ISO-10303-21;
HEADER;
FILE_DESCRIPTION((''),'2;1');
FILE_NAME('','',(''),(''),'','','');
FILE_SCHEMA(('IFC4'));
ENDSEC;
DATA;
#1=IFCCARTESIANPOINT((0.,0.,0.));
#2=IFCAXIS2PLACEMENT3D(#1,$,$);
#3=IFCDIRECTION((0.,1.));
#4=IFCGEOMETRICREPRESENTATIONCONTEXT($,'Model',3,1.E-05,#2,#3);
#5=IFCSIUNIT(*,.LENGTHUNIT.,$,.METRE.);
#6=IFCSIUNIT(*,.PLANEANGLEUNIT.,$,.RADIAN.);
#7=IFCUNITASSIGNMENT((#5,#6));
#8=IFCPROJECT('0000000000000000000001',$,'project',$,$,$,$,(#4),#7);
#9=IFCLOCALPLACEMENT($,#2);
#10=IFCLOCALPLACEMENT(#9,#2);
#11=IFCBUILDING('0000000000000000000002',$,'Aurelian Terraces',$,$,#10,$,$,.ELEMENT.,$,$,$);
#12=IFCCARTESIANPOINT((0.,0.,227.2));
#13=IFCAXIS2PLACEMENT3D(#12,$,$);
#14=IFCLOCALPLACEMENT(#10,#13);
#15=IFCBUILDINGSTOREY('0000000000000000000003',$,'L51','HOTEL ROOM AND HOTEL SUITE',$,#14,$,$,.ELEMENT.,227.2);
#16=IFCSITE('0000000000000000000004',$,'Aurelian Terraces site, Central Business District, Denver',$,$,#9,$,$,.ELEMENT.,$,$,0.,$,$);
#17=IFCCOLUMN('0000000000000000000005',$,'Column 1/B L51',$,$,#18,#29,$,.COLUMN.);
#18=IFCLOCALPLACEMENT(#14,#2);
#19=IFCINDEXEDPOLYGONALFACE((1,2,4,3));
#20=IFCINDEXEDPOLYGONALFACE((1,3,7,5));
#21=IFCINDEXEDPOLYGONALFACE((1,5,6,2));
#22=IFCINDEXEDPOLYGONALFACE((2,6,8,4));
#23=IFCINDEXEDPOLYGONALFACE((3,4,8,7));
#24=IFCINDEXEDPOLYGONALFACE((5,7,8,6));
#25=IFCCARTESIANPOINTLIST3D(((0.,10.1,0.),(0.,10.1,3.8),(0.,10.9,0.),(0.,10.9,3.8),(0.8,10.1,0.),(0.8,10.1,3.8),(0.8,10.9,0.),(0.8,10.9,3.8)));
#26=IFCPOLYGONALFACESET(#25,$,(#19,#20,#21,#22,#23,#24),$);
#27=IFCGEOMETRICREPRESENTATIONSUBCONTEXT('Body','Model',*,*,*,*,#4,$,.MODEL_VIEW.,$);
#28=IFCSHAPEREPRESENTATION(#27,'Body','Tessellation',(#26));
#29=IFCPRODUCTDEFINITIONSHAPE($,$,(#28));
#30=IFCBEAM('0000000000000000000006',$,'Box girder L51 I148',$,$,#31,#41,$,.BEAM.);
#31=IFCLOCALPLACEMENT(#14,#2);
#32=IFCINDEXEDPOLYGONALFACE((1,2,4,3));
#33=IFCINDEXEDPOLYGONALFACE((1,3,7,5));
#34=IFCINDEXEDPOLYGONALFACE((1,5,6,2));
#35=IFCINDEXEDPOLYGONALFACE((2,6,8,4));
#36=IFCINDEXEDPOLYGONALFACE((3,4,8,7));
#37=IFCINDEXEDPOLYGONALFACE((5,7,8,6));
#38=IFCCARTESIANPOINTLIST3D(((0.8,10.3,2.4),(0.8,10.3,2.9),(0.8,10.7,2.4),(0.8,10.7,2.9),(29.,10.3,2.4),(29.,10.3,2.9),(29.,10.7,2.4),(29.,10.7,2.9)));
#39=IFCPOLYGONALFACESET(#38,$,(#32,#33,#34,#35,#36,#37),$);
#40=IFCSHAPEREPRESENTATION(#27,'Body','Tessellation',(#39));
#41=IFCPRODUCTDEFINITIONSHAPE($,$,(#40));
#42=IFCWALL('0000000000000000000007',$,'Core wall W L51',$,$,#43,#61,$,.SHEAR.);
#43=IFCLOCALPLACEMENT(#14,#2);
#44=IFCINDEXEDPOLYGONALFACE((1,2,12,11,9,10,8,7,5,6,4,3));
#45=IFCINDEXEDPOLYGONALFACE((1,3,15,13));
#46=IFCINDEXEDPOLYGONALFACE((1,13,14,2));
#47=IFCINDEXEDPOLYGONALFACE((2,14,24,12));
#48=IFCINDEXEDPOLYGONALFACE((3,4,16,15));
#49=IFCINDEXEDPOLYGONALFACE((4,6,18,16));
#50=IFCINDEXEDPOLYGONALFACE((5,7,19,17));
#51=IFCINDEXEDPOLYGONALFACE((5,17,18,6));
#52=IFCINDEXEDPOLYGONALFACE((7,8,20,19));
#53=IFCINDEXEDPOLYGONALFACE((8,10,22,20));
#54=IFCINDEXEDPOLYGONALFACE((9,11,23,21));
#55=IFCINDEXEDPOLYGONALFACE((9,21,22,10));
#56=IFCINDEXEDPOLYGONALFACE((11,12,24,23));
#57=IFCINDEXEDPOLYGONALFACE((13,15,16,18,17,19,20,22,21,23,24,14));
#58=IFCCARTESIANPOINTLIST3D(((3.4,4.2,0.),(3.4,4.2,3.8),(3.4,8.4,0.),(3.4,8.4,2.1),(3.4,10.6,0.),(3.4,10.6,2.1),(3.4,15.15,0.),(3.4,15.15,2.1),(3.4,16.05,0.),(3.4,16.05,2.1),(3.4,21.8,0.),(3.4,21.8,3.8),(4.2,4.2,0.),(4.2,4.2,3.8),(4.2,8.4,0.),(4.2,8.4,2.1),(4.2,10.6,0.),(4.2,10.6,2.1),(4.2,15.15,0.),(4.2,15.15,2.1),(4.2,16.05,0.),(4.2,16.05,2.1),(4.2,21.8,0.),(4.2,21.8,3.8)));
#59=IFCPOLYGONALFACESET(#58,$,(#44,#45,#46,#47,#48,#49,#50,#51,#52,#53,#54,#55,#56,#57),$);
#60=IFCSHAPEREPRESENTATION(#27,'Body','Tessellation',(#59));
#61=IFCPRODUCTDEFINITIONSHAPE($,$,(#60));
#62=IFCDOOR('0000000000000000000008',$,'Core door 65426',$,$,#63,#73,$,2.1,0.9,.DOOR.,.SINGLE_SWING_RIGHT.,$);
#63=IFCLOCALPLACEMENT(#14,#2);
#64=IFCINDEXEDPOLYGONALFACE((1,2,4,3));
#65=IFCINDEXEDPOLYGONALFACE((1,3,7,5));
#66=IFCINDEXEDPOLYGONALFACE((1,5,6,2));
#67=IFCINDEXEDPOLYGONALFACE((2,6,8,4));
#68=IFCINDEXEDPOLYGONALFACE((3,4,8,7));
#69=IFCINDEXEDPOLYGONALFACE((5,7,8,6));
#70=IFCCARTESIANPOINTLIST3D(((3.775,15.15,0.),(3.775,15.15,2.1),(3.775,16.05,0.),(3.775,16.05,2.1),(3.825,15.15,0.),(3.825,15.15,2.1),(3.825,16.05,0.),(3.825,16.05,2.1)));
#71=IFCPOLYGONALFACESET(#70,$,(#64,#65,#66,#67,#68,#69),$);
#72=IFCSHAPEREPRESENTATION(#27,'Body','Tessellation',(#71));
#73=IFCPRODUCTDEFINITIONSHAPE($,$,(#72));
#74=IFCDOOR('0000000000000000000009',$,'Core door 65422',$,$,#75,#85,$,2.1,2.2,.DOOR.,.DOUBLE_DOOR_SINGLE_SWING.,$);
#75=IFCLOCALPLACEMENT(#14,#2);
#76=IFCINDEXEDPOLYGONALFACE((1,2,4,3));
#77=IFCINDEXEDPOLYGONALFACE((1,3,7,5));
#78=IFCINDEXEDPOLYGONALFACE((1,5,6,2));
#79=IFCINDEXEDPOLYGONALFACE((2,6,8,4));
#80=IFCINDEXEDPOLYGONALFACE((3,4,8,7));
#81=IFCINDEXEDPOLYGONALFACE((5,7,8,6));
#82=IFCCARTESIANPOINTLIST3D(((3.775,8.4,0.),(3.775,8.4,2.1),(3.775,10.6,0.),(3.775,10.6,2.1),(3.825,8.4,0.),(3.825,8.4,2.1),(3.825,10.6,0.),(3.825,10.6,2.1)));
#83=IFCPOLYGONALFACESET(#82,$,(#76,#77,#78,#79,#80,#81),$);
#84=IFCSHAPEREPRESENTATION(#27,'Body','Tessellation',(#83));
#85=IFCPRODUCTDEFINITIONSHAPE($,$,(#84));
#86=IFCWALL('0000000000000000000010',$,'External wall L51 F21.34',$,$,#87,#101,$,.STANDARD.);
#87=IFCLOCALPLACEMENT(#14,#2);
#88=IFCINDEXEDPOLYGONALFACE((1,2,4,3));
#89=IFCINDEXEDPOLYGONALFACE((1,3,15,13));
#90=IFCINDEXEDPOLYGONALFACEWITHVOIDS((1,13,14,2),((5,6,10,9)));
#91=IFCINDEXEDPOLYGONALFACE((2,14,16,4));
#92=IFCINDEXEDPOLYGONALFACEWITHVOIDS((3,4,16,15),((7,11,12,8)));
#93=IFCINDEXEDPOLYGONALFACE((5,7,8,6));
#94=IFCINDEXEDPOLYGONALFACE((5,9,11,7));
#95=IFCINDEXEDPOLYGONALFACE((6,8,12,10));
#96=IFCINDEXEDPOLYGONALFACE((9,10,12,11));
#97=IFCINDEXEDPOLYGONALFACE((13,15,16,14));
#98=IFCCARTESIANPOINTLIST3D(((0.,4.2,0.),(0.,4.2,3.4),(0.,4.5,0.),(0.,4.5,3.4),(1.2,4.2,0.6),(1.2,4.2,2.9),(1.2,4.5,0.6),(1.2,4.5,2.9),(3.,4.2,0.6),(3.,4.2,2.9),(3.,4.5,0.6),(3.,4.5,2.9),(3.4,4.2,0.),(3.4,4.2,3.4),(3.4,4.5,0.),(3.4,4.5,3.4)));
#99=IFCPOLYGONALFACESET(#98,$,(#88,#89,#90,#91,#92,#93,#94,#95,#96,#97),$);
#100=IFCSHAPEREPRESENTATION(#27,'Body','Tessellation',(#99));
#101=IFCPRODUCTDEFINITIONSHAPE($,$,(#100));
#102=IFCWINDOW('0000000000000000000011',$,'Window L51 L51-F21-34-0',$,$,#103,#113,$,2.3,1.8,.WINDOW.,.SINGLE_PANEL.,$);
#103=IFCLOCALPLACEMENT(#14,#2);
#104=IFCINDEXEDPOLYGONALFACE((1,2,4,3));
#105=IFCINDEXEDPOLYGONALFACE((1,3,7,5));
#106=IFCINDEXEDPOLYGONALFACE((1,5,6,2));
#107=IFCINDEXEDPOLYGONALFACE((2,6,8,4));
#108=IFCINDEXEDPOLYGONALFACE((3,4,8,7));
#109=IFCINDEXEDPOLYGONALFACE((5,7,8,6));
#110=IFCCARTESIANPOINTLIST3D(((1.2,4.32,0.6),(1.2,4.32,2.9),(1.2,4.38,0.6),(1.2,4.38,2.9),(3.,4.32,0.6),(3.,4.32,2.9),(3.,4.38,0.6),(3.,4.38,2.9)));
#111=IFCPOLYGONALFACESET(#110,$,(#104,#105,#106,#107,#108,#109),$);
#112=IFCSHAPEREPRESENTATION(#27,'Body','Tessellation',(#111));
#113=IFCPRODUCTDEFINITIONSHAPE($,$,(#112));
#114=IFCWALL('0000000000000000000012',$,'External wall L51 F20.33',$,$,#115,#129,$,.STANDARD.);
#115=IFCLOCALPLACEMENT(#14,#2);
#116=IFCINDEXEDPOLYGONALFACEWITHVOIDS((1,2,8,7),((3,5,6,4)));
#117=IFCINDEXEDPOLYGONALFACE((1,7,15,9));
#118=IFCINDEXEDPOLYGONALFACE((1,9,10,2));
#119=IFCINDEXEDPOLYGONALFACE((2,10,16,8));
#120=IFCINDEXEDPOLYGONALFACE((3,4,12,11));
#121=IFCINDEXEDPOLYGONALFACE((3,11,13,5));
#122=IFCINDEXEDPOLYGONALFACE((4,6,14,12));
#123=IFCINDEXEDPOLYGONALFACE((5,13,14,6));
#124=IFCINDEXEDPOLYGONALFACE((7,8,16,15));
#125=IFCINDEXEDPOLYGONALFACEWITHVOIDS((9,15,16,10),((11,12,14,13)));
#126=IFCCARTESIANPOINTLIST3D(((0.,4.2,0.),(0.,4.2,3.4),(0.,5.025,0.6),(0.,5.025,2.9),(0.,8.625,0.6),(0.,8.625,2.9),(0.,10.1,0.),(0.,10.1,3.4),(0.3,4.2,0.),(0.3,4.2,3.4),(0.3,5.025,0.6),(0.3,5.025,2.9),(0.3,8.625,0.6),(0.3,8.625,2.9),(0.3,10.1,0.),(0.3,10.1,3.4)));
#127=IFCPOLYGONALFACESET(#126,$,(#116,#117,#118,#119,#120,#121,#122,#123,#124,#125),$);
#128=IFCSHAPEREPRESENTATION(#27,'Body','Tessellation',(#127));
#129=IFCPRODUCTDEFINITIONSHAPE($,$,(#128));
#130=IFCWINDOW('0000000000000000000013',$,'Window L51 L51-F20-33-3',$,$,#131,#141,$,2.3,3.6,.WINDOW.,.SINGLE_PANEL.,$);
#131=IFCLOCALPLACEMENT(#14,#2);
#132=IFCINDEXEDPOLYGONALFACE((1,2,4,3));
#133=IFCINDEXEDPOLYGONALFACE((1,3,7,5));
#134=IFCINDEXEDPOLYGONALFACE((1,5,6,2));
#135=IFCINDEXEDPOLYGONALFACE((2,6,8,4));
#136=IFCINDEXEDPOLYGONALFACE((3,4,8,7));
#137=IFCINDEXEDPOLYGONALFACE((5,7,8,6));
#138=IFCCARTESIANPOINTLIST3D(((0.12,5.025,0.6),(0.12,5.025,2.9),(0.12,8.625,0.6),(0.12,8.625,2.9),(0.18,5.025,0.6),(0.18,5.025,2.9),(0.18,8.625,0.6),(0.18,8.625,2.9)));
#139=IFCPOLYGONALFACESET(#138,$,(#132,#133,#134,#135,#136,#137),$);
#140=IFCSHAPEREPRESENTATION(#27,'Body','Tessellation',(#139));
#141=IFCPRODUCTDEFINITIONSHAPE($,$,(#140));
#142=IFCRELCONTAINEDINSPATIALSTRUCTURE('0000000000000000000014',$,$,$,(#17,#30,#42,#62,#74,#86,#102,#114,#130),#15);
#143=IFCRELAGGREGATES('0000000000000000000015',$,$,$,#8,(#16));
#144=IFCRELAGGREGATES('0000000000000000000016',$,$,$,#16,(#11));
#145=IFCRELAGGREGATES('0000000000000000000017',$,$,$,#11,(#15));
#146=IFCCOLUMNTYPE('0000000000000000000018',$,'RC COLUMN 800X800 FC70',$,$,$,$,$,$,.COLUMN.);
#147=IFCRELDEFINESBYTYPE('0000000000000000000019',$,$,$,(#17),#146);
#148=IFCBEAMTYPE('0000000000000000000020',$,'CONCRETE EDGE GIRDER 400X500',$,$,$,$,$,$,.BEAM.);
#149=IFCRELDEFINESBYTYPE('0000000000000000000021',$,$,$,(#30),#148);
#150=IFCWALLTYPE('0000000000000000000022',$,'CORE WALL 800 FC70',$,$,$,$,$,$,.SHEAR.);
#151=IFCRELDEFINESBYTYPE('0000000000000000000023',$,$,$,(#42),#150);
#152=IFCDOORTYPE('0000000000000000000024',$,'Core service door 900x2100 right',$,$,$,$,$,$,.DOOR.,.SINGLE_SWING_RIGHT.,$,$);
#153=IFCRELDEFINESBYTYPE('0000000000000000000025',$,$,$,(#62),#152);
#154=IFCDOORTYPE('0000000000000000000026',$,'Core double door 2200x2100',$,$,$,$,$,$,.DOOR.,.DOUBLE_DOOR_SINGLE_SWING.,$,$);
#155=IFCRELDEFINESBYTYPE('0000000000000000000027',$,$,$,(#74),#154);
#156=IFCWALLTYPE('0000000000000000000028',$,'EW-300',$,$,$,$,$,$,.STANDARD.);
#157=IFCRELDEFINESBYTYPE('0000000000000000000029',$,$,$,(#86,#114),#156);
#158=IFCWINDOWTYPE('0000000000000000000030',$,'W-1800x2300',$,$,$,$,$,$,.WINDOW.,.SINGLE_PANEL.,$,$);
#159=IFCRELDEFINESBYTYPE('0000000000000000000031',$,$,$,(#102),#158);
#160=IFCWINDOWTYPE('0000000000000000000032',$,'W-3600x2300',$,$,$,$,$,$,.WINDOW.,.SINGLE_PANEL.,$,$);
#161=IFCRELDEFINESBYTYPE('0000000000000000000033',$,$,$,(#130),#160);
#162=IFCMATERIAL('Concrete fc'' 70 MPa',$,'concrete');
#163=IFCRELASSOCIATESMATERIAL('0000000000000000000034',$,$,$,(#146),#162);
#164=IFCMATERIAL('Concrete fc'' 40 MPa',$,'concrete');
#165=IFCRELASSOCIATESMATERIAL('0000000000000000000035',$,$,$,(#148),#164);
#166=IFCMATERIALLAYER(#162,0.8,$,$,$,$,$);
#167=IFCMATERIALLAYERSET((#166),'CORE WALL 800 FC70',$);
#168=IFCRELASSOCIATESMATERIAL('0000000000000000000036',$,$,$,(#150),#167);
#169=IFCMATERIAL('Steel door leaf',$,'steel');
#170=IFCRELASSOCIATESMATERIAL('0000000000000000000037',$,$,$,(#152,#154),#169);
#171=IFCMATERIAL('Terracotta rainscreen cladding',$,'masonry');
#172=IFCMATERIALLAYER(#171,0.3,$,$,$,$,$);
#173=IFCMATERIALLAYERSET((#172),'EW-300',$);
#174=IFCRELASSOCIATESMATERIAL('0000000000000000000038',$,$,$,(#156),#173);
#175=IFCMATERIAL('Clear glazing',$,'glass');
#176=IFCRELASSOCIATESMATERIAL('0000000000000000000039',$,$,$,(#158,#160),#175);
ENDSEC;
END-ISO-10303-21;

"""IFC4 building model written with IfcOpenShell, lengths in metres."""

from ifc_helpers import new_model, si_unit, direction, frame, frame_2d, origin, origin_2d, place, context, subcontext, project, spatial, rectangle, extrude, source, transform, mapped, material, layer, layer_set, material_profile, profile_set, type_object, element, fill, save


model = new_model("IFC4")

# Units and contexts
model_context = context("Model", 3, precision=1e-05, world=origin(), true_north=direction((0.0, 1.0)))
body_context = subcontext(model_context, "Body", "Model", "MODEL_VIEW")
ifc_project = project(units=[si_unit("LENGTHUNIT", "METRE"), si_unit("PLANEANGLEUNIT", "RADIAN")], contexts=[model_context])

# Site, building, storey
site_placement = place(None, origin())
site = spatial("IfcSite", under=ifc_project, at=site_placement, Name="Aurelian Terraces site, Central Business District, Denver", CompositionType="ELEMENT", RefElevation=0.0)
building_placement = place(site_placement, origin())
building = spatial("IfcBuilding", under=site, at=building_placement, Name="Aurelian Terraces", CompositionType="ELEMENT")
storey_placement = place(building_placement, frame((0.0, 0.0, 227.2)))
storey = spatial("IfcBuildingStorey", under=building, at=storey_placement, Name="L51", Description="HOTEL ROOM AND HOTEL SUITE", CompositionType="ELEMENT", Elevation=227.2)

# Column
ifc_material_1 = material(Name="Concrete fc' 70 MPa", Category="concrete")
ifc_material_profile_1 = material_profile(ifc_material_1, rectangle(XDim=0.8, YDim=0.8, at=origin_2d()))
ifc_profile_set_1 = profile_set([ifc_material_profile_1], Name="Concrete fc' 70 MPa")
column_type = type_object("IfcColumnType", Name="RC COLUMN 800X800 FC70", PredefinedType="COLUMN", material=ifc_profile_set_1)
shared_shape_1 = source(origin(), body_context, "Body", "SweptSolid", [
    extrude(rectangle(XDim=0.8, YDim=0.8, at=origin_2d()), origin(), (0.0, 0.0, 1.0), 3.8),
])
column_placement = place(storey_placement, frame((0.4, 10.5, 0.0), z_axis=(0.0, 0.0, 1.0), x_axis=(1.0, 0.0, 0.0)))
element("IfcColumn", 1, at=column_placement, inside=storey, type_object=column_type, Name="Column 1/B L51", PredefinedType="COLUMN", context=body_context, shape_type="MappedRepresentation", body=[
    mapped(shared_shape_1, transform((0.0, 0.0, 0.0), scale=1.0)),
])

# Beam
ifc_material_2 = material(Name="Concrete fc' 40 MPa", Category="concrete")
ifc_material_profile_2 = material_profile(ifc_material_2, rectangle(XDim=0.4, YDim=0.5, at=origin_2d()))
ifc_profile_set_2 = profile_set([ifc_material_profile_2], Name="Concrete fc' 40 MPa")
beam_type = type_object("IfcBeamType", Name="CONCRETE EDGE GIRDER 400X500", PredefinedType="BEAM", material=ifc_profile_set_2)
beam_placement = place(storey_placement, frame((0.8, 10.5, 2.65), z_axis=(1.0, 0.0, 0.0), x_axis=(0.0, 1.0, 0.0)))
element("IfcBeam", 2, at=beam_placement, inside=storey, type_object=beam_type, Name="Box girder L51 I148", PredefinedType="BEAM", context=body_context, shape_type="SweptSolid", body=[
    extrude(rectangle(XDim=0.4, YDim=0.5, at=origin_2d()), origin(), (0.0, 0.0, 1.0), 28.2),
])

# Wall, openings, doors
ifc_layer_1 = layer(ifc_material_1, 0.8)
ifc_layer_set_1 = layer_set([ifc_layer_1], Name="CORE WALL 800 FC70")
wall_type_1 = type_object("IfcWallType", Name="CORE WALL 800 FC70", PredefinedType="SHEAR", material=ifc_layer_set_1)
shared_shape_2 = source(origin(), body_context, "Body", "SweptSolid", [
    extrude(rectangle(XDim=17.6, YDim=0.8, at=frame_2d((8.8, 0.0))), origin(), (0.0, 0.0, 1.0), 3.8),
])
wall_1_placement = place(storey_placement, frame((3.8, 4.2, 0.0), z_axis=(0.0, 0.0, 1.0), x_axis=(0.0, 1.0, 0.0)))
wall_1 = element("IfcWall", 3, at=wall_1_placement, inside=storey, type_object=wall_type_1, Name="Core wall W L51", PredefinedType="SHEAR", context=body_context, shape_type="MappedRepresentation", body=[
    mapped(shared_shape_2, transform((0.0, 0.0, 0.0), scale=1.0)),
])
shared_shape_3 = source(origin(), body_context, "Body", "SweptSolid", [
    extrude(rectangle(XDim=2.2, YDim=2.1, at=frame_2d((1.1, 1.05))), frame((0.0, 0.41, 0.0), z_axis=(0.0, -1.0, 0.0), x_axis=(1.0, 0.0, 0.0)), (0.0, 0.0, 1.0), 0.82),
])
opening_1_placement = place(wall_1_placement, frame((4.2, 0.0, 0.0)))
opening_1 = element("IfcOpeningElement", 4, at=opening_1_placement, cuts=wall_1, PredefinedType="OPENING", context=body_context, shape_type="MappedRepresentation", body=[
    mapped(shared_shape_3, transform((0.0, 0.0, 0.0), scale=1.0)),
])
shared_shape_4 = source(origin(), body_context, "Body", "SweptSolid", [
    extrude(rectangle(XDim=0.9, YDim=2.1, at=frame_2d((0.45, 1.05))), frame((0.0, 0.41, 0.0), z_axis=(0.0, -1.0, 0.0), x_axis=(1.0, 0.0, 0.0)), (0.0, 0.0, 1.0), 0.82),
])
opening_2_placement = place(wall_1_placement, frame((10.95, 0.0, 0.0)))
opening_2 = element("IfcOpeningElement", 5, at=opening_2_placement, cuts=wall_1, PredefinedType="OPENING", context=body_context, shape_type="MappedRepresentation", body=[
    mapped(shared_shape_4, transform((0.0, 0.0, 0.0), scale=1.0)),
])
ifc_material_3 = material(Name="Steel door leaf", Category="steel")
door_type_1 = type_object("IfcDoorType", Name="Core service door 900x2100 right", OperationType="SINGLE_SWING_RIGHT", PredefinedType="DOOR", material=ifc_material_3)
shared_shape_5 = source(origin(), body_context, "Body", "SweptSolid", [
    extrude(rectangle(XDim=0.9, YDim=2.1, at=frame_2d((0.45, 1.05))), frame((0.0, 0.025, 0.0), z_axis=(0.0, -1.0, 0.0), x_axis=(1.0, 0.0, 0.0)), (0.0, 0.0, 1.0), 0.05),
])
door_1_placement = place(opening_2_placement, origin())
door_1 = element("IfcDoor", 6, at=door_1_placement, inside=storey, type_object=door_type_1, Name="Core door 65426", OperationType="SINGLE_SWING_RIGHT", OverallHeight=2.1, OverallWidth=0.9, PredefinedType="DOOR", context=body_context, shape_type="MappedRepresentation", body=[
    mapped(shared_shape_5, transform((0.0, 0.0, 0.0), scale=1.0)),
])
fill(opening_2, door_1)
door_type_2 = type_object("IfcDoorType", Name="Core double door 2200x2100", OperationType="DOUBLE_DOOR_SINGLE_SWING", PredefinedType="DOOR", material=ifc_material_3)
shared_shape_6 = source(origin(), body_context, "Body", "SweptSolid", [
    extrude(rectangle(XDim=2.2, YDim=2.1, at=frame_2d((1.1, 1.05))), frame((0.0, 0.025, 0.0), z_axis=(0.0, -1.0, 0.0), x_axis=(1.0, 0.0, 0.0)), (0.0, 0.0, 1.0), 0.05),
])
door_2_placement = place(opening_1_placement, origin())
door_2 = element("IfcDoor", 7, at=door_2_placement, inside=storey, type_object=door_type_2, Name="Core door 65422", OperationType="DOUBLE_DOOR_SINGLE_SWING", OverallHeight=2.1, OverallWidth=2.2, PredefinedType="DOOR", context=body_context, shape_type="MappedRepresentation", body=[
    mapped(shared_shape_6, transform((0.0, 0.0, 0.0), scale=1.0)),
])
fill(opening_1, door_2)

# Walls, openings, windows
ifc_material_4 = material(Name="Terracotta rainscreen cladding", Category="masonry")
ifc_layer_2 = layer(ifc_material_4, 0.3)
ifc_layer_set_2 = layer_set([ifc_layer_2], Name="EW-300")
wall_type_2 = type_object("IfcWallType", Name="EW-300", PredefinedType="STANDARD", material=ifc_layer_set_2)
shared_shape_7 = source(origin(), body_context, "Body", "SweptSolid", [
    extrude(rectangle(XDim=3.4, YDim=0.3, at=frame_2d((1.7, 0.0))), origin(), (0.0, 0.0, 1.0), 3.4),
])
wall_2_placement = place(storey_placement, frame((0.0, 4.35, 0.0), z_axis=(0.0, 0.0, 1.0), x_axis=(1.0, 0.0, 0.0)))
wall_2 = element("IfcWall", 8, at=wall_2_placement, inside=storey, type_object=wall_type_2, Name="External wall L51 F21.34", PredefinedType="STANDARD", context=body_context, shape_type="MappedRepresentation", body=[
    mapped(shared_shape_7, transform((0.0, 0.0, 0.0), scale=1.0)),
])
shared_shape_8 = source(origin(), body_context, "Body", "SweptSolid", [
    extrude(rectangle(XDim=1.8, YDim=2.3, at=frame_2d((0.9, 1.15))), frame((0.0, 0.16, 0.0), z_axis=(0.0, -1.0, 0.0), x_axis=(1.0, 0.0, 0.0)), (0.0, 0.0, 1.0), 0.32),
])
opening_3_placement = place(wall_2_placement, frame((1.2, 0.0, 0.6)))
opening_3 = element("IfcOpeningElement", 9, at=opening_3_placement, cuts=wall_2, PredefinedType="OPENING", context=body_context, shape_type="MappedRepresentation", body=[
    mapped(shared_shape_8, transform((0.0, 0.0, 0.0), scale=1.0)),
])
ifc_material_5 = material(Name="Clear glazing", Category="glass")
window_type_1 = type_object("IfcWindowType", Name="W-1800x2300", PartitioningType="SINGLE_PANEL", PredefinedType="WINDOW", material=ifc_material_5)
shared_shape_9 = source(origin(), body_context, "Body", "SweptSolid", [
    extrude(rectangle(XDim=1.8, YDim=2.3, at=frame_2d((0.9, 1.15))), frame((0.0, 0.03, 0.0), z_axis=(0.0, -1.0, 0.0), x_axis=(1.0, 0.0, 0.0)), (0.0, 0.0, 1.0), 0.06),
])
window_1_placement = place(opening_3_placement, origin())
window_1 = element("IfcWindow", 10, at=window_1_placement, inside=storey, type_object=window_type_1, Name="Window L51 L51-F21-34-0", OverallHeight=2.3, OverallWidth=1.8, PartitioningType="SINGLE_PANEL", PredefinedType="WINDOW", context=body_context, shape_type="MappedRepresentation", body=[
    mapped(shared_shape_9, transform((0.0, 0.0, 0.0), scale=1.0)),
])
fill(opening_3, window_1)
shared_shape_10 = source(origin(), body_context, "Body", "SweptSolid", [
    extrude(rectangle(XDim=5.9, YDim=0.3, at=frame_2d((2.95, 0.0))), origin(), (0.0, 0.0, 1.0), 3.4),
])
wall_3_placement = place(storey_placement, frame((0.15, 10.1, 0.0), z_axis=(0.0, 0.0, 1.0), x_axis=(0.0, -1.0, 0.0)))
wall_3 = element("IfcWall", 11, at=wall_3_placement, inside=storey, type_object=wall_type_2, Name="External wall L51 F20.33", PredefinedType="STANDARD", context=body_context, shape_type="MappedRepresentation", body=[
    mapped(shared_shape_10, transform((0.0, 0.0, 0.0), scale=1.0)),
])
shared_shape_11 = source(origin(), body_context, "Body", "SweptSolid", [
    extrude(rectangle(XDim=3.6, YDim=2.3, at=frame_2d((1.8, 1.15))), frame((0.0, 0.16, 0.0), z_axis=(0.0, -1.0, 0.0), x_axis=(1.0, 0.0, 0.0)), (0.0, 0.0, 1.0), 0.32),
])
opening_4_placement = place(wall_3_placement, frame((1.475, 0.0, 0.6)))
opening_4 = element("IfcOpeningElement", 12, at=opening_4_placement, cuts=wall_3, PredefinedType="OPENING", context=body_context, shape_type="MappedRepresentation", body=[
    mapped(shared_shape_11, transform((0.0, 0.0, 0.0), scale=1.0)),
])
window_type_2 = type_object("IfcWindowType", Name="W-3600x2300", PartitioningType="SINGLE_PANEL", PredefinedType="WINDOW", material=ifc_material_5)
shared_shape_12 = source(origin(), body_context, "Body", "SweptSolid", [
    extrude(rectangle(XDim=3.6, YDim=2.3, at=frame_2d((1.8, 1.15))), frame((0.0, 0.03, 0.0), z_axis=(0.0, -1.0, 0.0), x_axis=(1.0, 0.0, 0.0)), (0.0, 0.0, 1.0), 0.06),
])
window_2_placement = place(opening_4_placement, origin())
window_2 = element("IfcWindow", 13, at=window_2_placement, inside=storey, type_object=window_type_2, Name="Window L51 L51-F20-33-3", OverallHeight=2.3, OverallWidth=3.6, PartitioningType="SINGLE_PANEL", PredefinedType="WINDOW", context=body_context, shape_type="MappedRepresentation", body=[
    mapped(shared_shape_12, transform((0.0, 0.0, 0.0), scale=1.0)),
])
fill(opening_4, window_2)

save(model, "model.ifc")
